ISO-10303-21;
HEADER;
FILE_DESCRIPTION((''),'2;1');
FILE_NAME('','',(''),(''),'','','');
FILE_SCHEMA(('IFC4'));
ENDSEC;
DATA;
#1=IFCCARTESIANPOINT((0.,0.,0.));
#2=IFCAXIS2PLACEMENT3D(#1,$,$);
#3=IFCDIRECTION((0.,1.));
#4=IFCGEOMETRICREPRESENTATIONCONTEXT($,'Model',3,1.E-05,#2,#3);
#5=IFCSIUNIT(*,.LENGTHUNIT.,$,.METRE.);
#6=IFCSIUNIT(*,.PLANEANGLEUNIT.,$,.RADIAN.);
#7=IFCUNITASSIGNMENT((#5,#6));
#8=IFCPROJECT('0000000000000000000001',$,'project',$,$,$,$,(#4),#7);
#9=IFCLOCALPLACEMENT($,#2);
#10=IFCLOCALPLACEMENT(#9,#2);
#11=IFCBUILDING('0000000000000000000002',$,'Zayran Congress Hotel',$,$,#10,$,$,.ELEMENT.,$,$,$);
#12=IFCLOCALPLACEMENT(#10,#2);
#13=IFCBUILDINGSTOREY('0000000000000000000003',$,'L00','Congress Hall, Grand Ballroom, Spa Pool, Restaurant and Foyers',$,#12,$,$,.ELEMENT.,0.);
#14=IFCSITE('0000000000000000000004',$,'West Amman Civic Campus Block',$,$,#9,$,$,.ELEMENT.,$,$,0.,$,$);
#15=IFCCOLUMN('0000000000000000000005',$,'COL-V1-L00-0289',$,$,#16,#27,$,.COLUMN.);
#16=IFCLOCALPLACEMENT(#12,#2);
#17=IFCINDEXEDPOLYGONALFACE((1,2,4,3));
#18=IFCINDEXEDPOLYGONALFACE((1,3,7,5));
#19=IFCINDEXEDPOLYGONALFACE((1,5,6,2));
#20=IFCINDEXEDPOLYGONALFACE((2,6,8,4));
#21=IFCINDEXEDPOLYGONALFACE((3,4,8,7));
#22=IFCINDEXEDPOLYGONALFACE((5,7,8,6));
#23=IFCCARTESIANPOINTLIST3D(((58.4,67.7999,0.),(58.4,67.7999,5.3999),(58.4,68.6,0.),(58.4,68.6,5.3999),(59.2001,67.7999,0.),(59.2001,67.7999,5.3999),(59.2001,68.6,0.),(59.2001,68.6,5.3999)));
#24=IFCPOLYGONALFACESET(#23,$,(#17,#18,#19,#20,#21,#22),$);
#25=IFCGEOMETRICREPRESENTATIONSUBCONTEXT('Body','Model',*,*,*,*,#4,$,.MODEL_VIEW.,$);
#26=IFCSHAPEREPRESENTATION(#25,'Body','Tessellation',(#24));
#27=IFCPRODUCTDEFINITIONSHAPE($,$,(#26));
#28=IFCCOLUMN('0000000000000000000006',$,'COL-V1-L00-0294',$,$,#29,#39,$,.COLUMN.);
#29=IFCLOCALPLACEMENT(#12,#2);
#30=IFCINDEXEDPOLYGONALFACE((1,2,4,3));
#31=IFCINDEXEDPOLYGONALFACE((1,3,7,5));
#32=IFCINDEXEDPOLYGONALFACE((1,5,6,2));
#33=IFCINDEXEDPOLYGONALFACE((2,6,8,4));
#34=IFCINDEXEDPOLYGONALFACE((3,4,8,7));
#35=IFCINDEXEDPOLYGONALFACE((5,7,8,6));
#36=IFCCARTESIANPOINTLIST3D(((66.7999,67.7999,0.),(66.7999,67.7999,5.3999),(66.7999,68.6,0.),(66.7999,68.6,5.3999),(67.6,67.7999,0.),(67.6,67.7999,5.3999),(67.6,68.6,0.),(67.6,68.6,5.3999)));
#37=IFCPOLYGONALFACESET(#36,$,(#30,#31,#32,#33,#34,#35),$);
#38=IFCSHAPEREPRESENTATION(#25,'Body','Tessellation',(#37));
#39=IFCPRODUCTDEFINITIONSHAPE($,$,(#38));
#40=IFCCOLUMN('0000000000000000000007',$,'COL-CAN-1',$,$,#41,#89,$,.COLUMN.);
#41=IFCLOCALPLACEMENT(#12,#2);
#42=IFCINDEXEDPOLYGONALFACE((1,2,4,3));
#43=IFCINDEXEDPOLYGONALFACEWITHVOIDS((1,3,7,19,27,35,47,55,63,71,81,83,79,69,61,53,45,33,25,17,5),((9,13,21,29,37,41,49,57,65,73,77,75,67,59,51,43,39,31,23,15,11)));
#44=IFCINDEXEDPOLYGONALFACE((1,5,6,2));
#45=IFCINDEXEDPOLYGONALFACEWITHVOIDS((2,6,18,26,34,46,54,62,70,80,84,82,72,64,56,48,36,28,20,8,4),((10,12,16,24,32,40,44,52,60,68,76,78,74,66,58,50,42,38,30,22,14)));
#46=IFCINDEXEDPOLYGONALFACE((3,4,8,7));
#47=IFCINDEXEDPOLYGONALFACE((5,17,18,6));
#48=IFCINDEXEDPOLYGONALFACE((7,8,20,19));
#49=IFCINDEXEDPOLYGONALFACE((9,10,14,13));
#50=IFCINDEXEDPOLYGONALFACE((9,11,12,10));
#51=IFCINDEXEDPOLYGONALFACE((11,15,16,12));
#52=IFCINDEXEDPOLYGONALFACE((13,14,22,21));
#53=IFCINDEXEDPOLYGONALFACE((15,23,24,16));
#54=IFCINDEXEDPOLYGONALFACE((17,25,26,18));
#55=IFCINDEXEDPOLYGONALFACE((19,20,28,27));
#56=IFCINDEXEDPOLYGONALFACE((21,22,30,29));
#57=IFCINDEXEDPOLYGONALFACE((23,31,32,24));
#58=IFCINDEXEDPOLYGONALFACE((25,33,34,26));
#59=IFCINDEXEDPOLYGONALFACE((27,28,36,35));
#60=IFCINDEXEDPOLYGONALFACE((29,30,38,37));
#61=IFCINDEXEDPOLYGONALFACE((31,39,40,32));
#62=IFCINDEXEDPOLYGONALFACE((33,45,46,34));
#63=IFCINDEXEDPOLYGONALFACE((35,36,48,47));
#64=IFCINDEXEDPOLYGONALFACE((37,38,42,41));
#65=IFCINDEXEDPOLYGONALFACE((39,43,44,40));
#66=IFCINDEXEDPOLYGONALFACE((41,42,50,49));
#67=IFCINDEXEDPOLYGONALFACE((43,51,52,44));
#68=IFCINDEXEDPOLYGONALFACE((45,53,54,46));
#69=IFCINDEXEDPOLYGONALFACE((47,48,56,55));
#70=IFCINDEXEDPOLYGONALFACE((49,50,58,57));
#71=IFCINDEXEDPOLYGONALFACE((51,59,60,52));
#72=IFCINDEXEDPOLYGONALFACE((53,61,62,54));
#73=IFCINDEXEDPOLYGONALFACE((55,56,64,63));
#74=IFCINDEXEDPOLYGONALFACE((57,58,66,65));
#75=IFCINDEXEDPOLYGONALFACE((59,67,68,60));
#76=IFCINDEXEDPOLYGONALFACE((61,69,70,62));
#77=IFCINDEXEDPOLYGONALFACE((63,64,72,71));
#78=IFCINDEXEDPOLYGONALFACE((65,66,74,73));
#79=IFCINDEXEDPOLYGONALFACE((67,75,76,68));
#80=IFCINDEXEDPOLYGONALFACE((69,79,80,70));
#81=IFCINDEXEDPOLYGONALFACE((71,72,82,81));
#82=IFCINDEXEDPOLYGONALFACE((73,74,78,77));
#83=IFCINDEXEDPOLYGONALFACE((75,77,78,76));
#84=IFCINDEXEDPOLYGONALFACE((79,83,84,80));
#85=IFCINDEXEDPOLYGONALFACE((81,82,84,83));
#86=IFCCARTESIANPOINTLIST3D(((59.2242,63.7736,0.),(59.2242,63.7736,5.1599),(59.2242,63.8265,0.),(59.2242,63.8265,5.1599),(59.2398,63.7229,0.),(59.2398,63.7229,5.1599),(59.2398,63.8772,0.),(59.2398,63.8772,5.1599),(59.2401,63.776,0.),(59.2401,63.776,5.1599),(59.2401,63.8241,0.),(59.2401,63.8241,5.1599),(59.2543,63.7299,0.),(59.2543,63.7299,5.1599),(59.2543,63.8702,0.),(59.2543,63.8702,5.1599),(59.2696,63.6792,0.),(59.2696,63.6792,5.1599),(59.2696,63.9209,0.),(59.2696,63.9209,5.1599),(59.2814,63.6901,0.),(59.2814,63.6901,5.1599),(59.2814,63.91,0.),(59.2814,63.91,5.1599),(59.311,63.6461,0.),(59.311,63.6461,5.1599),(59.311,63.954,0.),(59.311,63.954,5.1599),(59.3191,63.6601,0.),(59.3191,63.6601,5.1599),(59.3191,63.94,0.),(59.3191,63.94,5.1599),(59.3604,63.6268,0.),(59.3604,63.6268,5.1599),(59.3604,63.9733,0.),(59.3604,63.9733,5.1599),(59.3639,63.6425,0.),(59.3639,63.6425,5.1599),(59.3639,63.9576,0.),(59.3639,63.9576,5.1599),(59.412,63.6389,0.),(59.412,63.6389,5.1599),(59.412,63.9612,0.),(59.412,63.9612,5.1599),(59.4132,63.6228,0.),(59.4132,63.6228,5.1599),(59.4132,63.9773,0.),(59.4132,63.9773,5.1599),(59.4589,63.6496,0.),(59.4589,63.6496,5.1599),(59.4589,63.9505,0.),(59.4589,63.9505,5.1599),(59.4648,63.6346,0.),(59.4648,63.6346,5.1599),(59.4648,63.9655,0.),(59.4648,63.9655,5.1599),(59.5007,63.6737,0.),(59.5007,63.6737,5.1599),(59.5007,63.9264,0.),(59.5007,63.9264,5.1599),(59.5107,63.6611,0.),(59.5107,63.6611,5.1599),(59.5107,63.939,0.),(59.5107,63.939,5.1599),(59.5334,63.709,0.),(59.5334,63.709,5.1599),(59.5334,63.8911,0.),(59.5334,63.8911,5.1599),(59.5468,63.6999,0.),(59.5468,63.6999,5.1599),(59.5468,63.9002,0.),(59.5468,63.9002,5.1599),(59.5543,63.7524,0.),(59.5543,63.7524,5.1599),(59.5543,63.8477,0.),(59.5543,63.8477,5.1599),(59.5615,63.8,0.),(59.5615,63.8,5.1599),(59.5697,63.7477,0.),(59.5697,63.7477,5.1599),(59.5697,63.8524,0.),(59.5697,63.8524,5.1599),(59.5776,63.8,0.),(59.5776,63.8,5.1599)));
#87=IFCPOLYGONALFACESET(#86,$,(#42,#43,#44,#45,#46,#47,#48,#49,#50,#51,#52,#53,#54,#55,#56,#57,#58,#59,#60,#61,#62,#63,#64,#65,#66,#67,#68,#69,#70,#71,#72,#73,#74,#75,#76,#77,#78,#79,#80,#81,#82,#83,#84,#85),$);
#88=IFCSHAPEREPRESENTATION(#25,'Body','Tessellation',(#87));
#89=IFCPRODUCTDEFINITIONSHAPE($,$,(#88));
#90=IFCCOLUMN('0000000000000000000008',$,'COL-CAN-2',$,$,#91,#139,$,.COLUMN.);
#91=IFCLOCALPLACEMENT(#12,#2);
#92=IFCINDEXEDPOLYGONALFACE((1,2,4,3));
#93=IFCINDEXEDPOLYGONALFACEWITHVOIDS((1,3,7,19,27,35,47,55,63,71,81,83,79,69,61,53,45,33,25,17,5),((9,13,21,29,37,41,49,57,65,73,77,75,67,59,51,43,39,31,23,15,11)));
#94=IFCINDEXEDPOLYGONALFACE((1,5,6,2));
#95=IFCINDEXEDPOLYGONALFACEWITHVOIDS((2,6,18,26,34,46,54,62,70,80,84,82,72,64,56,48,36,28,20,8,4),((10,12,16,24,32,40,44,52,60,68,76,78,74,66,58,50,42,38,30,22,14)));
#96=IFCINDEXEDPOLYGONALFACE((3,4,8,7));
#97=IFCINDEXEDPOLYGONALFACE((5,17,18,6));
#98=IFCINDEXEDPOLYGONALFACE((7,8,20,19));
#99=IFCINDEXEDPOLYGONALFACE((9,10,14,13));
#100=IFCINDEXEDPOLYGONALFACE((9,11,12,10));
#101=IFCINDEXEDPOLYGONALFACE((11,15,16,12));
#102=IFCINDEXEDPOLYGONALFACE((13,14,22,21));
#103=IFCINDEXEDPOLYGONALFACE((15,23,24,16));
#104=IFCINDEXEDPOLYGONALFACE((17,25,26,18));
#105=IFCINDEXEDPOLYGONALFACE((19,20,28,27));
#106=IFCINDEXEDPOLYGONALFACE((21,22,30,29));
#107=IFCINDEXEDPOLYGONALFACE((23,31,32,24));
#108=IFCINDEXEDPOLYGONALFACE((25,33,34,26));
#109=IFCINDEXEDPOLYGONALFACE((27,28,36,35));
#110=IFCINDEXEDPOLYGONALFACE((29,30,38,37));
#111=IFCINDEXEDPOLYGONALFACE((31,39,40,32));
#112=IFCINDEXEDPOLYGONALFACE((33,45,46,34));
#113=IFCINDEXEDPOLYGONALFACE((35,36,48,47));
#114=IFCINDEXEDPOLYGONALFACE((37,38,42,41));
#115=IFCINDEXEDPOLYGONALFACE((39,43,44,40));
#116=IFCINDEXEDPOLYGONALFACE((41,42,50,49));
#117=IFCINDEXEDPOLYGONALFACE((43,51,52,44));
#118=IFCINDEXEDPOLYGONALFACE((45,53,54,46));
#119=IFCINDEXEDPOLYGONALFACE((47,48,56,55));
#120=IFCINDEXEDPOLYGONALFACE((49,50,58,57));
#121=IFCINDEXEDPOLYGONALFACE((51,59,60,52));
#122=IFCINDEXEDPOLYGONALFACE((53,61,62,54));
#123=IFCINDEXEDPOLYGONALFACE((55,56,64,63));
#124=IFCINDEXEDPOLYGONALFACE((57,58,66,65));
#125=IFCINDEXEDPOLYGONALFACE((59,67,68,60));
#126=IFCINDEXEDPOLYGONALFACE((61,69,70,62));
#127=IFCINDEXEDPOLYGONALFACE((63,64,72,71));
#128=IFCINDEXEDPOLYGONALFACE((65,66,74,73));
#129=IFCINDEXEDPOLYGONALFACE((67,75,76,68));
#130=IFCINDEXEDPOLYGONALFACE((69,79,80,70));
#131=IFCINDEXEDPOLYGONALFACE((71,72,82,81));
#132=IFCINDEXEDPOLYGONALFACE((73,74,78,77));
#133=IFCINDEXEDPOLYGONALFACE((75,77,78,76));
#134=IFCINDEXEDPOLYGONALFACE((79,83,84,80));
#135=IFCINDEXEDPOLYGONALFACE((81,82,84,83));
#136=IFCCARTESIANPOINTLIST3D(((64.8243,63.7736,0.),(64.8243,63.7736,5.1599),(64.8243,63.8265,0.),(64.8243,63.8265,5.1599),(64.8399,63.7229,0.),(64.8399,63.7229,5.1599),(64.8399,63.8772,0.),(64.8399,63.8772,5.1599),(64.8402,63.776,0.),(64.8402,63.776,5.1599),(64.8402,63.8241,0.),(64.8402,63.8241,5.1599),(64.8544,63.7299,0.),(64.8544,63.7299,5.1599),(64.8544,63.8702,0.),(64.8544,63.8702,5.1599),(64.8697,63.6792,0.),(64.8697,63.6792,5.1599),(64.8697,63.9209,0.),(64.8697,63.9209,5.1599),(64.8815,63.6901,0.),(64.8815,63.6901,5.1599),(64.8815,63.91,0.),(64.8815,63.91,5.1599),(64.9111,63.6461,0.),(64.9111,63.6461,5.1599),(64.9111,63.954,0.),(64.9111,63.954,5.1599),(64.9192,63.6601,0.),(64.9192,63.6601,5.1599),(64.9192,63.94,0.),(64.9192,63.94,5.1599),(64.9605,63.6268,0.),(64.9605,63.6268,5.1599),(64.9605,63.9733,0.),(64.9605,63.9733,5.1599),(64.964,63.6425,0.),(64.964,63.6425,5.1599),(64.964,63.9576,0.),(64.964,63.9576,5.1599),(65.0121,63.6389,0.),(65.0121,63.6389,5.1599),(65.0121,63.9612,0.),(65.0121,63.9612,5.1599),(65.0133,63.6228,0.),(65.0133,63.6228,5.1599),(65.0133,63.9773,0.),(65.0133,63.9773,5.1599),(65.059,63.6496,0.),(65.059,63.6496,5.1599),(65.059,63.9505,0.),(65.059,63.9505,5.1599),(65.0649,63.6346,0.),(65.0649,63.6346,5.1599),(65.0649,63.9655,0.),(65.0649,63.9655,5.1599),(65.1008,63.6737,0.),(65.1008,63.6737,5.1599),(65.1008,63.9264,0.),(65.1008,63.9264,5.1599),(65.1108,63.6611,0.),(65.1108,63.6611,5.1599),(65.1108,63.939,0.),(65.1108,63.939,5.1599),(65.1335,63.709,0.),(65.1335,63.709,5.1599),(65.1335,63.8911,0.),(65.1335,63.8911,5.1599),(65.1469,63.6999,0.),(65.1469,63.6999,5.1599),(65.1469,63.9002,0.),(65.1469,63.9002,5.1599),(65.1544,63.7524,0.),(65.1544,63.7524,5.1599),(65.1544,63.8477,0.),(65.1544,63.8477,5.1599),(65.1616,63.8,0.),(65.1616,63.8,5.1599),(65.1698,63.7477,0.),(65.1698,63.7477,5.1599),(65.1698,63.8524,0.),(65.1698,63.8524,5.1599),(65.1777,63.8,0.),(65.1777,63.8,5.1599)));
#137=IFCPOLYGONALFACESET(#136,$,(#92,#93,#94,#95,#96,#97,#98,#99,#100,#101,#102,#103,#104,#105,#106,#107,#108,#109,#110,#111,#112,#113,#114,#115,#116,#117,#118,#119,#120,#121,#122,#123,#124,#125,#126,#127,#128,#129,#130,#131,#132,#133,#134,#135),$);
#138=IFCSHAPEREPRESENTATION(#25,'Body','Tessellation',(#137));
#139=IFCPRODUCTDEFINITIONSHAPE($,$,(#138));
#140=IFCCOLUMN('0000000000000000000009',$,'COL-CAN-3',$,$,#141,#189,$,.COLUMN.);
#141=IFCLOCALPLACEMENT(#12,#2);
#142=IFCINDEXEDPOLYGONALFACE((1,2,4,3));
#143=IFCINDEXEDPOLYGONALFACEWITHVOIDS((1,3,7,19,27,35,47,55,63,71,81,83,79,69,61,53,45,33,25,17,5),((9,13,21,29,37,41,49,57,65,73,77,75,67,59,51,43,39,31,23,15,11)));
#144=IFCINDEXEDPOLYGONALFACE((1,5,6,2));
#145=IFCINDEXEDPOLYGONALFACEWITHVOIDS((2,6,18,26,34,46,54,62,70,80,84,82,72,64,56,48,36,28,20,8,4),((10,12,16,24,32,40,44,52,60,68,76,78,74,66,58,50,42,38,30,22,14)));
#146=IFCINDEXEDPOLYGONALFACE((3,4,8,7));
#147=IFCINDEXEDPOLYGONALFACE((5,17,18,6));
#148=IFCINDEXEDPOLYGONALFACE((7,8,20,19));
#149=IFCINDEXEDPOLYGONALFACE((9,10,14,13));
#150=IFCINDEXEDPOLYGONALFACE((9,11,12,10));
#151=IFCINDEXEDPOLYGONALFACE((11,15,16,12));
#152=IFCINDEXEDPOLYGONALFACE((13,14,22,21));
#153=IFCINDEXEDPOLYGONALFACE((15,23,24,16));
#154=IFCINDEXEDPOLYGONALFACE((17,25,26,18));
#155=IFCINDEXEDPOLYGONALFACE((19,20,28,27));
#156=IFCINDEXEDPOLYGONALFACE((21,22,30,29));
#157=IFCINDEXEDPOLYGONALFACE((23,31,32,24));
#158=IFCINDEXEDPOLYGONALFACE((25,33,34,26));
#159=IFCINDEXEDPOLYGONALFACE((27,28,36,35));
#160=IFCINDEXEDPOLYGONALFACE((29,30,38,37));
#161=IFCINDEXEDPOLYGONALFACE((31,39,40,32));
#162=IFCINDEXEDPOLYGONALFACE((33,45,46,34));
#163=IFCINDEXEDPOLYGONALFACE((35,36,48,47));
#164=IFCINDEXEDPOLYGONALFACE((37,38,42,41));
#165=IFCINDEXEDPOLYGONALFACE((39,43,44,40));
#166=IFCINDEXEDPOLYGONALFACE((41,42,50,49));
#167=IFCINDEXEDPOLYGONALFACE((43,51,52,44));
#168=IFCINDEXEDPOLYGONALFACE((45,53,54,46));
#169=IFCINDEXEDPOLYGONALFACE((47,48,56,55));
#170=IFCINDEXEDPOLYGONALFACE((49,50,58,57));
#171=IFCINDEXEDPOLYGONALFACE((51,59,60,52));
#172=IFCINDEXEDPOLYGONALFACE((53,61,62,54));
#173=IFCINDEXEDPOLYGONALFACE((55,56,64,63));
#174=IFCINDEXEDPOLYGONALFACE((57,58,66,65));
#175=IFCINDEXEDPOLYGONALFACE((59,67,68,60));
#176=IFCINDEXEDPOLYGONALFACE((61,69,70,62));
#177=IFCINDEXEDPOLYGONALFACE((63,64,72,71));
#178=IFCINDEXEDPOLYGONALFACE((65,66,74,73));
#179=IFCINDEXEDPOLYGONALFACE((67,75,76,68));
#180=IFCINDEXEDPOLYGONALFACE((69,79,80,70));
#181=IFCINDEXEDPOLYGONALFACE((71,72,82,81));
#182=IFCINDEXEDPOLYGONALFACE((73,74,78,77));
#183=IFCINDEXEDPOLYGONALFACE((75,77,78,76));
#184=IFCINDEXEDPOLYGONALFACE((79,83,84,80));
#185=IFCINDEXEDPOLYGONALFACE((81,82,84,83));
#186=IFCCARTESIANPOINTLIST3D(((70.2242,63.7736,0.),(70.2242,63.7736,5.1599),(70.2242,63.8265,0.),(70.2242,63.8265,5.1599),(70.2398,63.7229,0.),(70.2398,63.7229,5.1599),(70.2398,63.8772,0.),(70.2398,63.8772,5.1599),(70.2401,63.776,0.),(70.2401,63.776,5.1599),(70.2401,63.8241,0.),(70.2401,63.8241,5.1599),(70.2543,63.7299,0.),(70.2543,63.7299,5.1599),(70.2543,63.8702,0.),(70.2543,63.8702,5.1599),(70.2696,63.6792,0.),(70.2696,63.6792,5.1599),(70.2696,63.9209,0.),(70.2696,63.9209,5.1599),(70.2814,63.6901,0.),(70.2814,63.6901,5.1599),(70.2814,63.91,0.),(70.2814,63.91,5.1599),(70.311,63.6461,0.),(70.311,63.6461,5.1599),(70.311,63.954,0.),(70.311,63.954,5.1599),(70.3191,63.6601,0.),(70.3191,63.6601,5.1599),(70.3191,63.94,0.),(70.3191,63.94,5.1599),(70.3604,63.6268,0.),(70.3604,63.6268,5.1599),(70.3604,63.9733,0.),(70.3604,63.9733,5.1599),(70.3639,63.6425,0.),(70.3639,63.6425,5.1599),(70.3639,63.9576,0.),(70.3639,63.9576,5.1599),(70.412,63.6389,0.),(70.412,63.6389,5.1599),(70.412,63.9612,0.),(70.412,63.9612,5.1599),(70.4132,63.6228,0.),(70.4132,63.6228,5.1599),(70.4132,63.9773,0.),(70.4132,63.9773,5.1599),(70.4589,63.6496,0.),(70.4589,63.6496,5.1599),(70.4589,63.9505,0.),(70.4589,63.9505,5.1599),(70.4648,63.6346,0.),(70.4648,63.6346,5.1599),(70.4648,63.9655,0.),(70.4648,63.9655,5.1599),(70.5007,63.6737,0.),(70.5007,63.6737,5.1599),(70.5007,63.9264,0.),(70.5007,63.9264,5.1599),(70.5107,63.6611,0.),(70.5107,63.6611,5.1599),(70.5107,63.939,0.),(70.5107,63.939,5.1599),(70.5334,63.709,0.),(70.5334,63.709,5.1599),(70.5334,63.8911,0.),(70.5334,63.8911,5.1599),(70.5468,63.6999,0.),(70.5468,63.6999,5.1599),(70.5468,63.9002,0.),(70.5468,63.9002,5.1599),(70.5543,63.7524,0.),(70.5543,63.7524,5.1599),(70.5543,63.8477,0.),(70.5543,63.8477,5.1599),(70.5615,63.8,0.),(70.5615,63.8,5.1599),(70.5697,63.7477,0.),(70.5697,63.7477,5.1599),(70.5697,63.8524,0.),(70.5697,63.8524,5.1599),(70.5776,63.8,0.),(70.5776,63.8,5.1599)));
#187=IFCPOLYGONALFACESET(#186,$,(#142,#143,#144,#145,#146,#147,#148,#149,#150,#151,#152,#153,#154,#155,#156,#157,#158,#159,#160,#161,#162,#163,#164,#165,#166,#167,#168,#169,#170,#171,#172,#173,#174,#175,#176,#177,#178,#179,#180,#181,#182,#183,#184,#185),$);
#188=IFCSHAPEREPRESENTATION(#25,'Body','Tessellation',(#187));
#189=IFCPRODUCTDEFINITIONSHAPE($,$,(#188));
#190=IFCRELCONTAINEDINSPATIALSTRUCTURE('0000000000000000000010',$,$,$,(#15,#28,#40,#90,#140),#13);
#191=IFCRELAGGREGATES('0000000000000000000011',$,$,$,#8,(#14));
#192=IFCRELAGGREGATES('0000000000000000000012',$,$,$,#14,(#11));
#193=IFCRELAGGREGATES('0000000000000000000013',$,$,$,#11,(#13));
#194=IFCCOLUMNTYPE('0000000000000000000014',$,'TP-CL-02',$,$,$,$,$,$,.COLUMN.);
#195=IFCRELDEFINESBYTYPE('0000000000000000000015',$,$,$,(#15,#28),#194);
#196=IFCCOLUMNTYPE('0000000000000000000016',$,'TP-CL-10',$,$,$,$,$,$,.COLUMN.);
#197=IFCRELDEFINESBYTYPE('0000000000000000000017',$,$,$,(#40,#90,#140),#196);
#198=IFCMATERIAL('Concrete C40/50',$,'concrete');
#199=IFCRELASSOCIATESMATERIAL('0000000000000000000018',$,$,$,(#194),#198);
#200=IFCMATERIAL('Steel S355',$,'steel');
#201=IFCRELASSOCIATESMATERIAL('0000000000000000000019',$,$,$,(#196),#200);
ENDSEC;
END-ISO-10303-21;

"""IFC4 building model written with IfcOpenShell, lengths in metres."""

from ifc_helpers import new_model, si_unit, direction, frame, origin, origin_2d, place, context, subcontext, project, spatial, rectangle, hollow_circle, extrude, material, material_profile, profile_set, type_object, element, save


model = new_model("IFC4")

# Units and contexts
model_context = context("Model", 3, precision=1e-05, world=origin(), true_north=direction((0.0, 1.0)))
body_context = subcontext(model_context, "Body", "Model", "MODEL_VIEW")
ifc_project = project(units=[si_unit("LENGTHUNIT", "METRE"), si_unit("PLANEANGLEUNIT", "RADIAN")], contexts=[model_context])

# Site, building, storey
site_placement = place(None, origin())
site = spatial("IfcSite", under=ifc_project, at=site_placement, Name="West Amman Civic Campus Block", CompositionType="ELEMENT", RefElevation=0.0)
building_placement = place(site_placement, origin())
building = spatial("IfcBuilding", under=site, at=building_placement, Name="Zayran Congress Hotel", CompositionType="ELEMENT")
storey_placement = place(building_placement, origin())
storey = spatial("IfcBuildingStorey", under=building, at=storey_placement, Name="L00", Description="Congress Hall, Grand Ballroom, Spa Pool, Restaurant and Foyers", CompositionType="ELEMENT", Elevation=0.0)

# Columns
ifc_material_1 = material(Name="Concrete C40/50", Category="concrete")
ifc_material_profile_1 = material_profile(ifc_material_1, rectangle(XDim=0.8, YDim=0.8, at=origin_2d()), Name="RC 800x800")
ifc_profile_set_1 = profile_set([ifc_material_profile_1], Name="Concrete C40/50")
column_type_1 = type_object("IfcColumnType", Name="TP-CL-02", PredefinedType="COLUMN", material=ifc_profile_set_1)
for number, where, z_axis, x_axis, name in (
    (1, (58.8, 68.2, 0.0), (0.0, 0.0, 1.0), (1.0, 0.0, 0.0), "COL-V1-L00-0289"),
    (2, (67.2, 68.2, 0.0), (0.0, 0.0, 1.0), (1.0, 0.0, 0.0), "COL-V1-L00-0294"),
):
    element("IfcColumn", number, at=place(storey_placement, frame(where, z_axis=z_axis, x_axis=x_axis)), inside=storey, type_object=column_type_1, Name=name, PredefinedType="COLUMN", context=body_context, shape_type="SweptSolid", body=[
        extrude(rectangle(XDim=0.8, YDim=0.8, at=origin_2d()), origin(), (0.0, 0.0, 1.0), 5.3999),
    ])
ifc_material_2 = material(Name="Steel S355", Category="steel")
ifc_material_profile_2 = material_profile(ifc_material_2, hollow_circle(Radius=0.1777, WallThickness=0.0161, at=origin_2d()), Name="CHS 355.6x16")
ifc_profile_set_2 = profile_set([ifc_material_profile_2], Name="Steel S355")
column_type_2 = type_object("IfcColumnType", Name="TP-CL-10", PredefinedType="COLUMN", material=ifc_profile_set_2)
for number, where, z_axis, x_axis, name in (
    (3, (59.3999, 63.8, 0.0), (0.0, 0.0, 1.0), (1.0, 0.0, 0.0), "COL-CAN-1"),
    (4, (65.0, 63.8, 0.0), (0.0, 0.0, 1.0), (1.0, 0.0, 0.0), "COL-CAN-2"),
    (5, (70.3999, 63.8, 0.0), (0.0, 0.0, 1.0), (1.0, 0.0, 0.0), "COL-CAN-3"),
):
    element("IfcColumn", number, at=place(storey_placement, frame(where, z_axis=z_axis, x_axis=x_axis)), inside=storey, type_object=column_type_2, Name=name, PredefinedType="COLUMN", context=body_context, shape_type="SweptSolid", body=[
        extrude(hollow_circle(Radius=0.1777, WallThickness=0.0161, at=origin_2d()), origin(), (0.0, 0.0, 1.0), 5.1599),
    ])

save(model, "model.ifc")
